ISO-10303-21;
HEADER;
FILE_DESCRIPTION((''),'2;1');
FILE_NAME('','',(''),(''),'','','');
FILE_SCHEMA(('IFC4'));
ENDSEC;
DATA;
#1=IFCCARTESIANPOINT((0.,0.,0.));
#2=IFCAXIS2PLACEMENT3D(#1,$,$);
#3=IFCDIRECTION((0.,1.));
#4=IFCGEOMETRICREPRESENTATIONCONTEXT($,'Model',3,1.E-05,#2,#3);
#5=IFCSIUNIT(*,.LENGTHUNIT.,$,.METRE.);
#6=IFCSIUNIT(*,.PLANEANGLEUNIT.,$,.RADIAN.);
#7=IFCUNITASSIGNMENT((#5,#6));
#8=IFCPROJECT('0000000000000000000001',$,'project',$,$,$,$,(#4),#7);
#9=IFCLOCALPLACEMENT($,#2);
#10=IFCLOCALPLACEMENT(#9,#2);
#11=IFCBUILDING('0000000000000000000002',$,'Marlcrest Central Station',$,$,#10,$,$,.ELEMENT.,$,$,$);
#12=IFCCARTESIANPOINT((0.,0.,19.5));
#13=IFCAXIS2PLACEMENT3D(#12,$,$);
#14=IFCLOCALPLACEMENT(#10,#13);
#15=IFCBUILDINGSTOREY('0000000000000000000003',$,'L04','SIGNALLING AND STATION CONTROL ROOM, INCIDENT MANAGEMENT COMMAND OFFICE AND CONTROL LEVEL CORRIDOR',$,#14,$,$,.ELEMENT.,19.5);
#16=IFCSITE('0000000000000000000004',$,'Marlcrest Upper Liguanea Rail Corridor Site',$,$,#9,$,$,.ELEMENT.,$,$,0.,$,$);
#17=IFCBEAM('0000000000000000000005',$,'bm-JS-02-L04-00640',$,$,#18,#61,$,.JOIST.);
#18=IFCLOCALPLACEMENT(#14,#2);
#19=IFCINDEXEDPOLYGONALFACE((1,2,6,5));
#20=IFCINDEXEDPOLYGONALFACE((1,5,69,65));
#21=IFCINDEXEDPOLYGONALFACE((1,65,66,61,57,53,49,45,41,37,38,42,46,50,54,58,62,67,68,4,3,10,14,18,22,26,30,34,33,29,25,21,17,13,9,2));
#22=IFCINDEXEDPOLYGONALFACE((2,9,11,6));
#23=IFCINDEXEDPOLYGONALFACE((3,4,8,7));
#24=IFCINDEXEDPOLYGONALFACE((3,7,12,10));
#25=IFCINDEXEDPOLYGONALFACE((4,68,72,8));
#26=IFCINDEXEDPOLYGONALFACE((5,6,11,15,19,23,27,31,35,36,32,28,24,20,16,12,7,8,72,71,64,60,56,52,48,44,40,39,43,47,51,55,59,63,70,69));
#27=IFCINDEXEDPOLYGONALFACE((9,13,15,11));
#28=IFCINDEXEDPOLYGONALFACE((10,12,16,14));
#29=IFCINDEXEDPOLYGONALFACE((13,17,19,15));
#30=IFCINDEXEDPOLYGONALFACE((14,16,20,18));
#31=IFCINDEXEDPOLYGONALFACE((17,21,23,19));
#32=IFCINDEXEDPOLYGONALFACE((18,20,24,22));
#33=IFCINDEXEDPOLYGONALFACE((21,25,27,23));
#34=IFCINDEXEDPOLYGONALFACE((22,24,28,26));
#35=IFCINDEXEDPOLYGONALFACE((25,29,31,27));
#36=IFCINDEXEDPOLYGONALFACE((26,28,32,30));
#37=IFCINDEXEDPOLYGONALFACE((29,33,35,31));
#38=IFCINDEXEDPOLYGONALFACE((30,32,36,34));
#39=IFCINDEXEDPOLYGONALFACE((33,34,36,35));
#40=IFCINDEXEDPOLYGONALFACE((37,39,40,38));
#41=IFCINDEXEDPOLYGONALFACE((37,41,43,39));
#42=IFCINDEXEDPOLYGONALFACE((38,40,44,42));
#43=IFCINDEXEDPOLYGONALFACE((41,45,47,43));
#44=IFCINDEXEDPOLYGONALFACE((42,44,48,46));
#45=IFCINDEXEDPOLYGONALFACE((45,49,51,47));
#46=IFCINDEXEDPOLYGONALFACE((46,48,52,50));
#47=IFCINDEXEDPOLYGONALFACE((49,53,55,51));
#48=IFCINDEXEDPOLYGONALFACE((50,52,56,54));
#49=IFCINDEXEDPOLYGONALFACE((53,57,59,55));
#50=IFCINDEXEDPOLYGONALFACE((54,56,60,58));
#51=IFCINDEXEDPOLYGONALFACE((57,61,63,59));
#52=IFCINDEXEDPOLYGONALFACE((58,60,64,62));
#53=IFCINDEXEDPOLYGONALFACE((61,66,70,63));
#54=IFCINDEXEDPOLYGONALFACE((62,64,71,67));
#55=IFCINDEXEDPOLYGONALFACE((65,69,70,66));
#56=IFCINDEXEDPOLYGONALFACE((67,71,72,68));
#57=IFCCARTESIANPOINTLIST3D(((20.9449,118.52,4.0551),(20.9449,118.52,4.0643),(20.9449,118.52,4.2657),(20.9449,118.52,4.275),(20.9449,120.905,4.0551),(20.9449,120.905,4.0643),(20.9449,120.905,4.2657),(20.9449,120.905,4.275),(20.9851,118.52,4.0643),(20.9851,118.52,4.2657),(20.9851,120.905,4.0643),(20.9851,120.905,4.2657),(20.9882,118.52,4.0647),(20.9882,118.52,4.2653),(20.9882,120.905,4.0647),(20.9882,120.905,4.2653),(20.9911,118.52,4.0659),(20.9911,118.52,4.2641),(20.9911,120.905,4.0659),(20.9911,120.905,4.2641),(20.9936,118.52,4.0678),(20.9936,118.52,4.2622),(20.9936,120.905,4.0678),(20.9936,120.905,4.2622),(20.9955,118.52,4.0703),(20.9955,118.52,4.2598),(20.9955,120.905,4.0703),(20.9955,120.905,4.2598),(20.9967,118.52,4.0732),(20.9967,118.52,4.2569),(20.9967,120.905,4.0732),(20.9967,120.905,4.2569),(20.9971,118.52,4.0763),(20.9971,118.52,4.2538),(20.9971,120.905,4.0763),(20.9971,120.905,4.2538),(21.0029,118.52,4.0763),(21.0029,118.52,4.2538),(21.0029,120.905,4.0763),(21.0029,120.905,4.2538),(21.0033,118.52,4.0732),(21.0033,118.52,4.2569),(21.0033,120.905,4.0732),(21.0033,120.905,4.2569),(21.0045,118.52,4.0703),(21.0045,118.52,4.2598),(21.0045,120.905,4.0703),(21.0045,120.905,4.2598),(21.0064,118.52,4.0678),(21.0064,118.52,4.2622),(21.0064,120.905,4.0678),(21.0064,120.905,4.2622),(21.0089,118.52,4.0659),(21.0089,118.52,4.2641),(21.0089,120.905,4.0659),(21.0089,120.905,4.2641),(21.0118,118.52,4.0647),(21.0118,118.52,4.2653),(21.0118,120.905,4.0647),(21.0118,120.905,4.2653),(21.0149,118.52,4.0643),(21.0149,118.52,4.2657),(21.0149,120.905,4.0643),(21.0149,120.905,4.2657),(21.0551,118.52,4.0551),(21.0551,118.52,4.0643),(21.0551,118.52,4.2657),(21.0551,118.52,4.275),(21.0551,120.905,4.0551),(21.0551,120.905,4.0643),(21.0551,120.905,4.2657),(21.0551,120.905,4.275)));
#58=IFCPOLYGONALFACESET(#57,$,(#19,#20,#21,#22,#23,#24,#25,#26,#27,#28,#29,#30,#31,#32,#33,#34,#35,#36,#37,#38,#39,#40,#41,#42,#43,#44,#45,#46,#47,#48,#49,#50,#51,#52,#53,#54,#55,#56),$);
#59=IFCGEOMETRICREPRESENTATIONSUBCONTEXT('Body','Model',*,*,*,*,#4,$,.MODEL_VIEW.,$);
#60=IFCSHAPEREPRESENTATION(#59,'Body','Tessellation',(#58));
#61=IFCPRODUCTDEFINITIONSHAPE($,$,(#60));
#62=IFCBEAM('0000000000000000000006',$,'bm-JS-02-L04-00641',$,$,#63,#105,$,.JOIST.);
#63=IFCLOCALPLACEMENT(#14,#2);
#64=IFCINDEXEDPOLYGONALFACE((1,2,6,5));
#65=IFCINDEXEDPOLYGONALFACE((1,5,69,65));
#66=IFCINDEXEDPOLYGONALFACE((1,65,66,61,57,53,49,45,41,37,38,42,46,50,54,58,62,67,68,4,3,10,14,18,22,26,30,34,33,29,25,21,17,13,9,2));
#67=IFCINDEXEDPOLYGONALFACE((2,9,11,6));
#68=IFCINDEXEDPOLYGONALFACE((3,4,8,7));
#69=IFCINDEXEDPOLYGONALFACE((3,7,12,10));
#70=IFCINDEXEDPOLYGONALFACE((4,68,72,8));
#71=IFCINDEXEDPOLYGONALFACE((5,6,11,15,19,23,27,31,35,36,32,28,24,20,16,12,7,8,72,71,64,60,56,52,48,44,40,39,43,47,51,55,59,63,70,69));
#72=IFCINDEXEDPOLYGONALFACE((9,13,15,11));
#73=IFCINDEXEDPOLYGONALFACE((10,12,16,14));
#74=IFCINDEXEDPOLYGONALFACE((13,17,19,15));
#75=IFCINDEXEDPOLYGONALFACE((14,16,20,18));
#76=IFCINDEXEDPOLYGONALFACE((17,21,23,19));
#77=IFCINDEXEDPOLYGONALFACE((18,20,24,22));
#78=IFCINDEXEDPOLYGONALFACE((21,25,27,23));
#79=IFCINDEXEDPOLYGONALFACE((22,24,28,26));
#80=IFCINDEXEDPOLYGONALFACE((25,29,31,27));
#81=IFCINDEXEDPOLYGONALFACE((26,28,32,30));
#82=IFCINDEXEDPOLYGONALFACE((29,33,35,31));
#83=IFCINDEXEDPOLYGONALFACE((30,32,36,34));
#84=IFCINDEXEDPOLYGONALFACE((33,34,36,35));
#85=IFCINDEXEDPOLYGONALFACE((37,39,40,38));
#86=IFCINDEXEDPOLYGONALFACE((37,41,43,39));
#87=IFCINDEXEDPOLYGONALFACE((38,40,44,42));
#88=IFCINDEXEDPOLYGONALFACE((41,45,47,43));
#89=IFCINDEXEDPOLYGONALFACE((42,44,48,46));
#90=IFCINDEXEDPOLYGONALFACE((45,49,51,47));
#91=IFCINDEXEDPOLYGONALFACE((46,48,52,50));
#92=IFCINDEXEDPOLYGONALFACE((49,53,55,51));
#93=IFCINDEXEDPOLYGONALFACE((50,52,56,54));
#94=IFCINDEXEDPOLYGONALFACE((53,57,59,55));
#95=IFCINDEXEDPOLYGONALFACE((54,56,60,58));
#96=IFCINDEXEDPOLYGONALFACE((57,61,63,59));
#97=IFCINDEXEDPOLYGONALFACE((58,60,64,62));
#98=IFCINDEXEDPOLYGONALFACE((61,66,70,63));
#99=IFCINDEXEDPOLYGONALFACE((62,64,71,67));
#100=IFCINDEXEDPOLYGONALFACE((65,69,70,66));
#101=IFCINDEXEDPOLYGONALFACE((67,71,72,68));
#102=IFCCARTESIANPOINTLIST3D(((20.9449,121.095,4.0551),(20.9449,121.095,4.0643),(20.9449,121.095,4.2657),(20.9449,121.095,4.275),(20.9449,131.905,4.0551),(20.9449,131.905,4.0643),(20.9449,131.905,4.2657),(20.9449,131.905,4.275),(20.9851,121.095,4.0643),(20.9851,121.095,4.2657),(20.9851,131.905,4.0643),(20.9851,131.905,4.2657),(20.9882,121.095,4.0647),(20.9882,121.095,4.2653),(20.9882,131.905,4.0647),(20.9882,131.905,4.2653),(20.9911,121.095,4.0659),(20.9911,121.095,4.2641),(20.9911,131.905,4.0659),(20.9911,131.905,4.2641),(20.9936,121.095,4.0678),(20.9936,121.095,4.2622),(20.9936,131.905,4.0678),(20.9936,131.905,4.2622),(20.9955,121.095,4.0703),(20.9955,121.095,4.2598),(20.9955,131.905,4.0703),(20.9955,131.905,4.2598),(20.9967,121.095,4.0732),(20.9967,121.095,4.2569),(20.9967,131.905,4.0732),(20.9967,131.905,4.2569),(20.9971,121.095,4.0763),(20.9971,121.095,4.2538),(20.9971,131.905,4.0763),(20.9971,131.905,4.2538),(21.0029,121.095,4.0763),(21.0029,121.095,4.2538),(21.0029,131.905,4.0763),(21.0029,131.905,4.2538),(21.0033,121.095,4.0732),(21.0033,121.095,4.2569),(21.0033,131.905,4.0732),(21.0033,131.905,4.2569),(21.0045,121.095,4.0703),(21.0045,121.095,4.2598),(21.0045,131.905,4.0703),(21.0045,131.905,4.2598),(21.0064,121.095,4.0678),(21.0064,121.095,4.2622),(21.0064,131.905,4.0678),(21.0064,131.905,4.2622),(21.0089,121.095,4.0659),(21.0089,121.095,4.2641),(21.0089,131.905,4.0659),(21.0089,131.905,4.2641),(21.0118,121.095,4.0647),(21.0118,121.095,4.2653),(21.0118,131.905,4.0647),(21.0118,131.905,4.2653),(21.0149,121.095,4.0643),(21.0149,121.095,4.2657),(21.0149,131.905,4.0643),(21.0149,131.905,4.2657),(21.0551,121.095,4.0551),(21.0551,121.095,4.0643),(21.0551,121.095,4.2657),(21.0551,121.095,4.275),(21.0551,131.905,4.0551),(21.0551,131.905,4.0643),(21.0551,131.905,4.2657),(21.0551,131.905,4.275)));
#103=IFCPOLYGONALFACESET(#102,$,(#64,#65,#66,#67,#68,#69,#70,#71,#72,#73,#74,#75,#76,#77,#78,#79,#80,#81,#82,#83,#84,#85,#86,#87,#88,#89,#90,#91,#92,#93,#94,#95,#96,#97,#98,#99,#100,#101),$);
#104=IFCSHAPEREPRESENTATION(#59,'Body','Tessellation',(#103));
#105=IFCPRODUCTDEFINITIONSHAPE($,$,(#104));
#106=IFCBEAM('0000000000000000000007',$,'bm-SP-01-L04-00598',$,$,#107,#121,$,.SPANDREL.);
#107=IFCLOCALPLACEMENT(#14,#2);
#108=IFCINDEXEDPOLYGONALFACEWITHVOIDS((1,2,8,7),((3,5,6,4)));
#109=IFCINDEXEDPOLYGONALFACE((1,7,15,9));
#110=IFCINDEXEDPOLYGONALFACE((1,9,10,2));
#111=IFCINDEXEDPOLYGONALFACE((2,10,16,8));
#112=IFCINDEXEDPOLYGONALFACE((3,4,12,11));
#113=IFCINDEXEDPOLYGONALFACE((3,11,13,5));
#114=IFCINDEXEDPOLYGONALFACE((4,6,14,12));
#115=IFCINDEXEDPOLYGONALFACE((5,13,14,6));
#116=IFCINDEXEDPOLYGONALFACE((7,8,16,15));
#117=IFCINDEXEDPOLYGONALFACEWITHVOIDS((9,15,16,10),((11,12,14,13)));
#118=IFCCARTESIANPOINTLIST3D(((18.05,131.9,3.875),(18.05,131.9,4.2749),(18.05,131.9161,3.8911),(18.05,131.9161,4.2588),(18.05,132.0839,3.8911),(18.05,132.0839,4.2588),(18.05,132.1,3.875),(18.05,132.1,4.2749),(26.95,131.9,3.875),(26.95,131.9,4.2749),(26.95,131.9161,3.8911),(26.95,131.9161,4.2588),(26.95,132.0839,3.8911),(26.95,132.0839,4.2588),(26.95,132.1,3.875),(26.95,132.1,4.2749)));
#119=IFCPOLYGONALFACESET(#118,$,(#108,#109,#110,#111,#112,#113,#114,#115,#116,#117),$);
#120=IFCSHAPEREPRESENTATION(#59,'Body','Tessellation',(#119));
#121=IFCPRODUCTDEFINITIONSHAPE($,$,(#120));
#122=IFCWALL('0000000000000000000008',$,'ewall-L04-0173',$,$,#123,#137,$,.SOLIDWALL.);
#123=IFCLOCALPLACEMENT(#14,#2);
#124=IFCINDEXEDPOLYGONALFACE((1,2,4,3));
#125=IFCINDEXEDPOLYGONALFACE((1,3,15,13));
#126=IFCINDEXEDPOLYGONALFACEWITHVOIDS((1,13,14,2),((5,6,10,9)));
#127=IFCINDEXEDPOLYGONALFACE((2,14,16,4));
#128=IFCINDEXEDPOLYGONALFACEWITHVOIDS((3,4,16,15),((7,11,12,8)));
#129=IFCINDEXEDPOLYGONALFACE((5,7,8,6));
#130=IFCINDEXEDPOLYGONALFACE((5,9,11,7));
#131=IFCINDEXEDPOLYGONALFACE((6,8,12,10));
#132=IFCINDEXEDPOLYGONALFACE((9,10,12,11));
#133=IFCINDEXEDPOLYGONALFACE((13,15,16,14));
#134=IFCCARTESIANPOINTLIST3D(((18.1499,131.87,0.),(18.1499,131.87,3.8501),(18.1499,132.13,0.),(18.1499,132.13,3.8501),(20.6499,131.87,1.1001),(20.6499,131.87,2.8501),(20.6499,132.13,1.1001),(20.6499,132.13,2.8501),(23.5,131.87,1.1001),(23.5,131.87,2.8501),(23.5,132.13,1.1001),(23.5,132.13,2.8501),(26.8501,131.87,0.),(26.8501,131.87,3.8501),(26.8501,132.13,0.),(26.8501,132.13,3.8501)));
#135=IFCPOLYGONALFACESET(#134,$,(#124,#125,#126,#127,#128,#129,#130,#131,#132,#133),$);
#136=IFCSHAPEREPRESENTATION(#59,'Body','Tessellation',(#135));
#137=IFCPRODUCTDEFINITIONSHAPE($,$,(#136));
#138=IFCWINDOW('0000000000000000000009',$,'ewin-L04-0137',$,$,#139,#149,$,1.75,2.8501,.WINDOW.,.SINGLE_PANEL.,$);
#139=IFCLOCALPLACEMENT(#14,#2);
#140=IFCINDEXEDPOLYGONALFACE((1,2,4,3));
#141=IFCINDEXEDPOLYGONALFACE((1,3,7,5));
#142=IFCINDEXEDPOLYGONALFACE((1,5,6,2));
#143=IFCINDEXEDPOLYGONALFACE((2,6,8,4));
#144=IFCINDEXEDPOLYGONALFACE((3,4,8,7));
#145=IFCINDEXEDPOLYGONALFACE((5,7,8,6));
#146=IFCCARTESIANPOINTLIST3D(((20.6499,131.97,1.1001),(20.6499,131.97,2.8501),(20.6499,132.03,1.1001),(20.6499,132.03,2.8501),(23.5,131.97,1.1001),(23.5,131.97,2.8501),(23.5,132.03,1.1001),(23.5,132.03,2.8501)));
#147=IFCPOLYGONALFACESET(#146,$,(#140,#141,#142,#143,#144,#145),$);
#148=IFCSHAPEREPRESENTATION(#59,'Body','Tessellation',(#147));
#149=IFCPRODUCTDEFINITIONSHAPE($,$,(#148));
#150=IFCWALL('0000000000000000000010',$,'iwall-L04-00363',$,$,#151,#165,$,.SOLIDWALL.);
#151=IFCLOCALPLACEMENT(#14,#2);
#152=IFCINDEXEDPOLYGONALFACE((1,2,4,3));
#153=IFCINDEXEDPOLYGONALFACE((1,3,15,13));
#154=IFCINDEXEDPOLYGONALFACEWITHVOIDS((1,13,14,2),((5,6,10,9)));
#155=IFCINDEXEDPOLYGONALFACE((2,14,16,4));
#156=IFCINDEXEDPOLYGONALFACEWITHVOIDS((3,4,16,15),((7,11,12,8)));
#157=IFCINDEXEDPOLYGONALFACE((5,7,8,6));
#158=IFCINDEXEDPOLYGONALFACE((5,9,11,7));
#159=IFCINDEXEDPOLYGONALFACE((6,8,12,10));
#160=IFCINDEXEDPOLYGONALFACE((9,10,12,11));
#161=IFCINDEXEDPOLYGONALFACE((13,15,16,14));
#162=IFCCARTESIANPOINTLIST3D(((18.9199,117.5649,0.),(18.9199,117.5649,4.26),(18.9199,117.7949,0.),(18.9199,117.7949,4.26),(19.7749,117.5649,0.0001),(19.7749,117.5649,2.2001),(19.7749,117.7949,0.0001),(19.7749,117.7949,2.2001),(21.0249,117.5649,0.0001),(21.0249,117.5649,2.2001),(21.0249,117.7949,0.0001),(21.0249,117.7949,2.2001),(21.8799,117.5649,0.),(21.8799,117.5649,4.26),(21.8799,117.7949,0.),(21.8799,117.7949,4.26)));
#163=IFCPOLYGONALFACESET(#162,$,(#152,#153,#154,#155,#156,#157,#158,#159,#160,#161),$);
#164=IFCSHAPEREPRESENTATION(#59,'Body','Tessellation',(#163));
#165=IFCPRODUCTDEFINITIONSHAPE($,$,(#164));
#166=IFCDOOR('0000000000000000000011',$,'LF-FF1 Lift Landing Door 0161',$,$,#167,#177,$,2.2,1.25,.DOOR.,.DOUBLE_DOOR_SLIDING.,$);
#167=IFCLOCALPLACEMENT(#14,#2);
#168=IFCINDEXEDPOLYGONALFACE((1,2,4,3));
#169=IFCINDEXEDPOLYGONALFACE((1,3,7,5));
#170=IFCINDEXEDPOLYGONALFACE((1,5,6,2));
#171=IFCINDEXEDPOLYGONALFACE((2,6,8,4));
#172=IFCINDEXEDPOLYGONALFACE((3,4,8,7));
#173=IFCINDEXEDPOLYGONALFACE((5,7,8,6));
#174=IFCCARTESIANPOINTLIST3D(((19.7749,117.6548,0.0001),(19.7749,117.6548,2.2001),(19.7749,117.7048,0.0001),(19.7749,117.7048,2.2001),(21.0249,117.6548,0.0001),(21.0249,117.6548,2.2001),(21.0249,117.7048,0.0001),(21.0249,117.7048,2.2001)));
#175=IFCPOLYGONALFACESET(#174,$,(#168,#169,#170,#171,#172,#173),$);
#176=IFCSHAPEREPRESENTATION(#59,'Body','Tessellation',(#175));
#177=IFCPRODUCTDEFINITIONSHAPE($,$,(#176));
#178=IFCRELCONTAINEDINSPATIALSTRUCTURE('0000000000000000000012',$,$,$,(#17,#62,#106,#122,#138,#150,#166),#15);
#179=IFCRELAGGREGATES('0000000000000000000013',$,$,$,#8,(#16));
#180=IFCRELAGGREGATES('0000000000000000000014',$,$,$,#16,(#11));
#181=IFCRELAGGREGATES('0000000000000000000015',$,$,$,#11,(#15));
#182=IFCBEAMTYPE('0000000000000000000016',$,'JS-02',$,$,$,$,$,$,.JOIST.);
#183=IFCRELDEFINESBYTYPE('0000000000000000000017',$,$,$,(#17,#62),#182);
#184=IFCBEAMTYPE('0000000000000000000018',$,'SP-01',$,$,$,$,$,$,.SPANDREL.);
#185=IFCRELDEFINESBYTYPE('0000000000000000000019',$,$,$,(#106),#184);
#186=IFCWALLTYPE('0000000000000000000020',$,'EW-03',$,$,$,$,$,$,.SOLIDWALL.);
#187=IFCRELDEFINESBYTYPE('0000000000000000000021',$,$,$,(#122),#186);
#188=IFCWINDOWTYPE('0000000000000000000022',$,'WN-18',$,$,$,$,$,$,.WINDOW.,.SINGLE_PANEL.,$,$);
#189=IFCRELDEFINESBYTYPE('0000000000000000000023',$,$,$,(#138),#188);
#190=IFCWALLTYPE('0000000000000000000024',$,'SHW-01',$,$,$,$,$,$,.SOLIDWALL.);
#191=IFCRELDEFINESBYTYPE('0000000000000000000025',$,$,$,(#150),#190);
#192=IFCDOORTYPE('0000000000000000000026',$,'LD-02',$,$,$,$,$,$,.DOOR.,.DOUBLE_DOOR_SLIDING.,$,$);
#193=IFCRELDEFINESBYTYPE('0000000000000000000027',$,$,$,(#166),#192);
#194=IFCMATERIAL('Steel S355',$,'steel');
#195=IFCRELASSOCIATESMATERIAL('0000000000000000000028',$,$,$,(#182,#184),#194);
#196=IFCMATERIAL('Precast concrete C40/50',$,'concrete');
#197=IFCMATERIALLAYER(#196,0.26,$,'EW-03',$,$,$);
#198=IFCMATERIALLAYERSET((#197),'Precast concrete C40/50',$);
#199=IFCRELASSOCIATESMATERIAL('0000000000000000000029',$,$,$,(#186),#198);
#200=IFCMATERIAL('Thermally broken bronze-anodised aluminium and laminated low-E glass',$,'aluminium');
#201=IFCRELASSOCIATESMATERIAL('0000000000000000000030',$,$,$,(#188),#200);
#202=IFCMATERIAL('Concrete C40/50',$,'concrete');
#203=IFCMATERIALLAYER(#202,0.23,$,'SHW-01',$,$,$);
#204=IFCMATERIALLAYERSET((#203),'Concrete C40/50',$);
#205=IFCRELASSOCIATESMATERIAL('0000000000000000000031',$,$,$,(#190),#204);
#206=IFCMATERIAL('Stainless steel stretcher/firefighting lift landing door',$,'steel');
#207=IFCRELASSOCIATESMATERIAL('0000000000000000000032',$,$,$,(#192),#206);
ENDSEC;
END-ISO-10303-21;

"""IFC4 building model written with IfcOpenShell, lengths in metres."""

from ifc_helpers import new_model, si_unit, direction, frame, frame_2d, origin, origin_2d, place, context, subcontext, project, spatial, rectangle, hollow_rectangle, i_section, extrude, material, layer, layer_set, material_profile, profile_set, type_object, element, fill, save


model = new_model("IFC4")

# Units and contexts
model_context = context("Model", 3, precision=1e-05, world=origin(), true_north=direction((0.0, 1.0)))
body_context = subcontext(model_context, "Body", "Model", "MODEL_VIEW")
ifc_project = project(units=[si_unit("LENGTHUNIT", "METRE"), si_unit("PLANEANGLEUNIT", "RADIAN")], contexts=[model_context])

# Site, building, storey
site_placement = place(None, origin())
site = spatial("IfcSite", under=ifc_project, at=site_placement, Name="Marlcrest Upper Liguanea Rail Corridor Site", CompositionType="ELEMENT", RefElevation=0.0)
building_placement = place(site_placement, origin())
building = spatial("IfcBuilding", under=site, at=building_placement, Name="Marlcrest Central Station", CompositionType="ELEMENT")
storey_placement = place(building_placement, frame((0.0, 0.0, 19.5)))
storey = spatial("IfcBuildingStorey", under=building, at=storey_placement, Name="L04", Description="SIGNALLING AND STATION CONTROL ROOM, INCIDENT MANAGEMENT COMMAND OFFICE AND CONTROL LEVEL CORRIDOR", CompositionType="ELEMENT", Elevation=19.5)

# Shared definitions
ifc_material_1 = material(Name="Steel S355", Category="steel")

# Beams
ifc_material_profile_1 = material_profile(ifc_material_1, i_section(OverallWidth=0.1101, OverallDepth=0.22, WebThickness=0.0059, FlangeThickness=0.0093, FilletRadius=0.012, at=origin_2d()), Name="IPE 220")
ifc_profile_set_1 = profile_set([ifc_material_profile_1], Name="Steel S355")
beam_type_1 = type_object("IfcBeamType", Name="JS-02", PredefinedType="JOIST", material=ifc_profile_set_1)
beam_1_placement = place(storey_placement, frame((21.0, 118.52, 4.165), z_axis=(0.0, 1.0, 0.0), x_axis=(-1.0, 0.0, 0.0)))
element("IfcBeam", 1, at=beam_1_placement, inside=storey, type_object=beam_type_1, Name="bm-JS-02-L04-00640", PredefinedType="JOIST", context=body_context, shape_type="SweptSolid", body=[
    extrude(i_section(OverallWidth=0.1101, OverallDepth=0.22, WebThickness=0.0059, FlangeThickness=0.0093, FilletRadius=0.012, at=origin_2d()), origin(), (0.0, 0.0, 1.0), 2.385),
])
beam_2_placement = place(storey_placement, frame((21.0, 121.095, 4.165), z_axis=(0.0, 1.0, 0.0), x_axis=(-1.0, 0.0, 0.0)))
element("IfcBeam", 2, at=beam_2_placement, inside=storey, type_object=beam_type_1, Name="bm-JS-02-L04-00641", PredefinedType="JOIST", context=body_context, shape_type="SweptSolid", body=[
    extrude(i_section(OverallWidth=0.1101, OverallDepth=0.22, WebThickness=0.0059, FlangeThickness=0.0093, FilletRadius=0.012, at=origin_2d()), origin(), (0.0, 0.0, 1.0), 10.8101),
])
ifc_material_profile_2 = material_profile(ifc_material_1, hollow_rectangle(XDim=0.2, YDim=0.3999, WallThickness=0.0161, at=origin_2d()), Name="RHS 400x200x16")
ifc_profile_set_2 = profile_set([ifc_material_profile_2], Name="Steel S355")
beam_type_2 = type_object("IfcBeamType", Name="SP-01", PredefinedType="SPANDREL", material=ifc_profile_set_2)
beam_3_placement = place(storey_placement, frame((18.05, 132.0, 4.075), z_axis=(1.0, 0.0, 0.0), x_axis=(0.0, 1.0, 0.0)))
element("IfcBeam", 3, at=beam_3_placement, inside=storey, type_object=beam_type_2, Name="bm-SP-01-L04-00598", PredefinedType="SPANDREL", context=body_context, shape_type="SweptSolid", body=[
    extrude(hollow_rectangle(XDim=0.2, YDim=0.3999, WallThickness=0.0161, at=origin_2d()), origin(), (0.0, 0.0, 1.0), 8.8999),
])

# Wall, opening, window
ifc_material_2 = material(Name="Precast concrete C40/50", Category="concrete")
ifc_layer_1 = layer(ifc_material_2, 0.26, Name="EW-03")
ifc_layer_set_1 = layer_set([ifc_layer_1], Name="Precast concrete C40/50")
wall_type_1 = type_object("IfcWallType", Name="EW-03", PredefinedType="SOLIDWALL", material=ifc_layer_set_1)
wall_1_placement = place(storey_placement, frame((18.1499, 132.0, 0.0), z_axis=(0.0, 0.0, 1.0), x_axis=(1.0, 0.0, 0.0)))
wall_1 = element("IfcWall", 4, at=wall_1_placement, inside=storey, type_object=wall_type_1, Name="ewall-L04-0173", PredefinedType="SOLIDWALL", context=body_context, shape_type="SweptSolid", body=[
    extrude(rectangle(XDim=8.7002, YDim=0.26, at=frame_2d((4.3501, 0.0))), origin(), (0.0, 0.0, 1.0), 3.8501),
])
opening_1_placement = place(wall_1_placement, frame((2.5, 0.0, 1.1001)))
opening_1 = element("IfcOpeningElement", 5, at=opening_1_placement, cuts=wall_1, PredefinedType="OPENING", context=body_context, shape_type="SweptSolid", body=[
    extrude(rectangle(XDim=2.8501, YDim=1.75, at=frame_2d((1.425, 0.875))), frame((0.0, 0.1399, 0.0), z_axis=(0.0, -1.0, 0.0), x_axis=(1.0, 0.0, 0.0)), (0.0, 0.0, 1.0), 0.28),
])
ifc_material_3 = material(Name="Thermally broken bronze-anodised aluminium and laminated low-E glass", Category="aluminium")
window_type = type_object("IfcWindowType", Name="WN-18", PartitioningType="SINGLE_PANEL", PredefinedType="WINDOW", material=ifc_material_3)
window_placement = place(opening_1_placement, origin())
window = element("IfcWindow", 6, at=window_placement, inside=storey, type_object=window_type, Name="ewin-L04-0137", OverallHeight=1.75, OverallWidth=2.8501, PartitioningType="SINGLE_PANEL", PredefinedType="WINDOW", context=body_context, shape_type="SweptSolid", body=[
    extrude(rectangle(XDim=2.8501, YDim=1.75, at=frame_2d((1.425, 0.875))), frame((0.0, 0.03, 0.0), z_axis=(0.0, -1.0, 0.0), x_axis=(1.0, 0.0, 0.0)), (0.0, 0.0, 1.0), 0.0601),
])
fill(opening_1, window)

# Wall, opening, door
ifc_material_4 = material(Name="Concrete C40/50", Category="concrete")
ifc_layer_2 = layer(ifc_material_4, 0.23, Name="SHW-01")
ifc_layer_set_2 = layer_set([ifc_layer_2], Name="Concrete C40/50")
wall_type_2 = type_object("IfcWallType", Name="SHW-01", PredefinedType="SOLIDWALL", material=ifc_layer_set_2)
wall_2_placement = place(storey_placement, frame((18.9199, 117.6799, 0.0), z_axis=(0.0, 0.0, 1.0), x_axis=(1.0, 0.0, 0.0)))
wall_2 = element("IfcWall", 7, at=wall_2_placement, inside=storey, type_object=wall_type_2, Name="iwall-L04-00363", PredefinedType="SOLIDWALL", context=body_context, shape_type="SweptSolid", body=[
    extrude(rectangle(XDim=2.96, YDim=0.23, at=frame_2d((1.48, 0.0))), origin(), (0.0, 0.0, 1.0), 4.26),
])
opening_2_placement = place(wall_2_placement, frame((0.855, 0.0, 0.0)))
opening_2 = element("IfcOpeningElement", 8, at=opening_2_placement, cuts=wall_2, PredefinedType="OPENING", context=body_context, shape_type="SweptSolid", body=[
    extrude(rectangle(XDim=1.25, YDim=2.2, at=frame_2d((0.625, 1.1001))), frame((0.0, 0.125, 0.0), z_axis=(0.0, -1.0, 0.0), x_axis=(1.0, 0.0, 0.0)), (0.0, 0.0, 1.0), 0.25),
])
ifc_material_5 = material(Name="Stainless steel stretcher/firefighting lift landing door", Category="steel")
door_type = type_object("IfcDoorType", Name="LD-02", OperationType="DOUBLE_DOOR_SLIDING", PredefinedType="DOOR", material=ifc_material_5)
door_placement = place(opening_2_placement, origin())
door = element("IfcDoor", 9, at=door_placement, inside=storey, type_object=door_type, Name="LF-FF1 Lift Landing Door 0161", OperationType="DOUBLE_DOOR_SLIDING", OverallHeight=2.2, OverallWidth=1.25, PredefinedType="DOOR", context=body_context, shape_type="SweptSolid", body=[
    extrude(rectangle(XDim=1.25, YDim=2.2, at=frame_2d((0.625, 1.1001))), frame((0.0, 0.0249, 0.0), z_axis=(0.0, -1.0, 0.0), x_axis=(1.0, 0.0, 0.0)), (0.0, 0.0, 1.0), 0.05),
])
fill(opening_2, door)

save(model, "model.ifc")
